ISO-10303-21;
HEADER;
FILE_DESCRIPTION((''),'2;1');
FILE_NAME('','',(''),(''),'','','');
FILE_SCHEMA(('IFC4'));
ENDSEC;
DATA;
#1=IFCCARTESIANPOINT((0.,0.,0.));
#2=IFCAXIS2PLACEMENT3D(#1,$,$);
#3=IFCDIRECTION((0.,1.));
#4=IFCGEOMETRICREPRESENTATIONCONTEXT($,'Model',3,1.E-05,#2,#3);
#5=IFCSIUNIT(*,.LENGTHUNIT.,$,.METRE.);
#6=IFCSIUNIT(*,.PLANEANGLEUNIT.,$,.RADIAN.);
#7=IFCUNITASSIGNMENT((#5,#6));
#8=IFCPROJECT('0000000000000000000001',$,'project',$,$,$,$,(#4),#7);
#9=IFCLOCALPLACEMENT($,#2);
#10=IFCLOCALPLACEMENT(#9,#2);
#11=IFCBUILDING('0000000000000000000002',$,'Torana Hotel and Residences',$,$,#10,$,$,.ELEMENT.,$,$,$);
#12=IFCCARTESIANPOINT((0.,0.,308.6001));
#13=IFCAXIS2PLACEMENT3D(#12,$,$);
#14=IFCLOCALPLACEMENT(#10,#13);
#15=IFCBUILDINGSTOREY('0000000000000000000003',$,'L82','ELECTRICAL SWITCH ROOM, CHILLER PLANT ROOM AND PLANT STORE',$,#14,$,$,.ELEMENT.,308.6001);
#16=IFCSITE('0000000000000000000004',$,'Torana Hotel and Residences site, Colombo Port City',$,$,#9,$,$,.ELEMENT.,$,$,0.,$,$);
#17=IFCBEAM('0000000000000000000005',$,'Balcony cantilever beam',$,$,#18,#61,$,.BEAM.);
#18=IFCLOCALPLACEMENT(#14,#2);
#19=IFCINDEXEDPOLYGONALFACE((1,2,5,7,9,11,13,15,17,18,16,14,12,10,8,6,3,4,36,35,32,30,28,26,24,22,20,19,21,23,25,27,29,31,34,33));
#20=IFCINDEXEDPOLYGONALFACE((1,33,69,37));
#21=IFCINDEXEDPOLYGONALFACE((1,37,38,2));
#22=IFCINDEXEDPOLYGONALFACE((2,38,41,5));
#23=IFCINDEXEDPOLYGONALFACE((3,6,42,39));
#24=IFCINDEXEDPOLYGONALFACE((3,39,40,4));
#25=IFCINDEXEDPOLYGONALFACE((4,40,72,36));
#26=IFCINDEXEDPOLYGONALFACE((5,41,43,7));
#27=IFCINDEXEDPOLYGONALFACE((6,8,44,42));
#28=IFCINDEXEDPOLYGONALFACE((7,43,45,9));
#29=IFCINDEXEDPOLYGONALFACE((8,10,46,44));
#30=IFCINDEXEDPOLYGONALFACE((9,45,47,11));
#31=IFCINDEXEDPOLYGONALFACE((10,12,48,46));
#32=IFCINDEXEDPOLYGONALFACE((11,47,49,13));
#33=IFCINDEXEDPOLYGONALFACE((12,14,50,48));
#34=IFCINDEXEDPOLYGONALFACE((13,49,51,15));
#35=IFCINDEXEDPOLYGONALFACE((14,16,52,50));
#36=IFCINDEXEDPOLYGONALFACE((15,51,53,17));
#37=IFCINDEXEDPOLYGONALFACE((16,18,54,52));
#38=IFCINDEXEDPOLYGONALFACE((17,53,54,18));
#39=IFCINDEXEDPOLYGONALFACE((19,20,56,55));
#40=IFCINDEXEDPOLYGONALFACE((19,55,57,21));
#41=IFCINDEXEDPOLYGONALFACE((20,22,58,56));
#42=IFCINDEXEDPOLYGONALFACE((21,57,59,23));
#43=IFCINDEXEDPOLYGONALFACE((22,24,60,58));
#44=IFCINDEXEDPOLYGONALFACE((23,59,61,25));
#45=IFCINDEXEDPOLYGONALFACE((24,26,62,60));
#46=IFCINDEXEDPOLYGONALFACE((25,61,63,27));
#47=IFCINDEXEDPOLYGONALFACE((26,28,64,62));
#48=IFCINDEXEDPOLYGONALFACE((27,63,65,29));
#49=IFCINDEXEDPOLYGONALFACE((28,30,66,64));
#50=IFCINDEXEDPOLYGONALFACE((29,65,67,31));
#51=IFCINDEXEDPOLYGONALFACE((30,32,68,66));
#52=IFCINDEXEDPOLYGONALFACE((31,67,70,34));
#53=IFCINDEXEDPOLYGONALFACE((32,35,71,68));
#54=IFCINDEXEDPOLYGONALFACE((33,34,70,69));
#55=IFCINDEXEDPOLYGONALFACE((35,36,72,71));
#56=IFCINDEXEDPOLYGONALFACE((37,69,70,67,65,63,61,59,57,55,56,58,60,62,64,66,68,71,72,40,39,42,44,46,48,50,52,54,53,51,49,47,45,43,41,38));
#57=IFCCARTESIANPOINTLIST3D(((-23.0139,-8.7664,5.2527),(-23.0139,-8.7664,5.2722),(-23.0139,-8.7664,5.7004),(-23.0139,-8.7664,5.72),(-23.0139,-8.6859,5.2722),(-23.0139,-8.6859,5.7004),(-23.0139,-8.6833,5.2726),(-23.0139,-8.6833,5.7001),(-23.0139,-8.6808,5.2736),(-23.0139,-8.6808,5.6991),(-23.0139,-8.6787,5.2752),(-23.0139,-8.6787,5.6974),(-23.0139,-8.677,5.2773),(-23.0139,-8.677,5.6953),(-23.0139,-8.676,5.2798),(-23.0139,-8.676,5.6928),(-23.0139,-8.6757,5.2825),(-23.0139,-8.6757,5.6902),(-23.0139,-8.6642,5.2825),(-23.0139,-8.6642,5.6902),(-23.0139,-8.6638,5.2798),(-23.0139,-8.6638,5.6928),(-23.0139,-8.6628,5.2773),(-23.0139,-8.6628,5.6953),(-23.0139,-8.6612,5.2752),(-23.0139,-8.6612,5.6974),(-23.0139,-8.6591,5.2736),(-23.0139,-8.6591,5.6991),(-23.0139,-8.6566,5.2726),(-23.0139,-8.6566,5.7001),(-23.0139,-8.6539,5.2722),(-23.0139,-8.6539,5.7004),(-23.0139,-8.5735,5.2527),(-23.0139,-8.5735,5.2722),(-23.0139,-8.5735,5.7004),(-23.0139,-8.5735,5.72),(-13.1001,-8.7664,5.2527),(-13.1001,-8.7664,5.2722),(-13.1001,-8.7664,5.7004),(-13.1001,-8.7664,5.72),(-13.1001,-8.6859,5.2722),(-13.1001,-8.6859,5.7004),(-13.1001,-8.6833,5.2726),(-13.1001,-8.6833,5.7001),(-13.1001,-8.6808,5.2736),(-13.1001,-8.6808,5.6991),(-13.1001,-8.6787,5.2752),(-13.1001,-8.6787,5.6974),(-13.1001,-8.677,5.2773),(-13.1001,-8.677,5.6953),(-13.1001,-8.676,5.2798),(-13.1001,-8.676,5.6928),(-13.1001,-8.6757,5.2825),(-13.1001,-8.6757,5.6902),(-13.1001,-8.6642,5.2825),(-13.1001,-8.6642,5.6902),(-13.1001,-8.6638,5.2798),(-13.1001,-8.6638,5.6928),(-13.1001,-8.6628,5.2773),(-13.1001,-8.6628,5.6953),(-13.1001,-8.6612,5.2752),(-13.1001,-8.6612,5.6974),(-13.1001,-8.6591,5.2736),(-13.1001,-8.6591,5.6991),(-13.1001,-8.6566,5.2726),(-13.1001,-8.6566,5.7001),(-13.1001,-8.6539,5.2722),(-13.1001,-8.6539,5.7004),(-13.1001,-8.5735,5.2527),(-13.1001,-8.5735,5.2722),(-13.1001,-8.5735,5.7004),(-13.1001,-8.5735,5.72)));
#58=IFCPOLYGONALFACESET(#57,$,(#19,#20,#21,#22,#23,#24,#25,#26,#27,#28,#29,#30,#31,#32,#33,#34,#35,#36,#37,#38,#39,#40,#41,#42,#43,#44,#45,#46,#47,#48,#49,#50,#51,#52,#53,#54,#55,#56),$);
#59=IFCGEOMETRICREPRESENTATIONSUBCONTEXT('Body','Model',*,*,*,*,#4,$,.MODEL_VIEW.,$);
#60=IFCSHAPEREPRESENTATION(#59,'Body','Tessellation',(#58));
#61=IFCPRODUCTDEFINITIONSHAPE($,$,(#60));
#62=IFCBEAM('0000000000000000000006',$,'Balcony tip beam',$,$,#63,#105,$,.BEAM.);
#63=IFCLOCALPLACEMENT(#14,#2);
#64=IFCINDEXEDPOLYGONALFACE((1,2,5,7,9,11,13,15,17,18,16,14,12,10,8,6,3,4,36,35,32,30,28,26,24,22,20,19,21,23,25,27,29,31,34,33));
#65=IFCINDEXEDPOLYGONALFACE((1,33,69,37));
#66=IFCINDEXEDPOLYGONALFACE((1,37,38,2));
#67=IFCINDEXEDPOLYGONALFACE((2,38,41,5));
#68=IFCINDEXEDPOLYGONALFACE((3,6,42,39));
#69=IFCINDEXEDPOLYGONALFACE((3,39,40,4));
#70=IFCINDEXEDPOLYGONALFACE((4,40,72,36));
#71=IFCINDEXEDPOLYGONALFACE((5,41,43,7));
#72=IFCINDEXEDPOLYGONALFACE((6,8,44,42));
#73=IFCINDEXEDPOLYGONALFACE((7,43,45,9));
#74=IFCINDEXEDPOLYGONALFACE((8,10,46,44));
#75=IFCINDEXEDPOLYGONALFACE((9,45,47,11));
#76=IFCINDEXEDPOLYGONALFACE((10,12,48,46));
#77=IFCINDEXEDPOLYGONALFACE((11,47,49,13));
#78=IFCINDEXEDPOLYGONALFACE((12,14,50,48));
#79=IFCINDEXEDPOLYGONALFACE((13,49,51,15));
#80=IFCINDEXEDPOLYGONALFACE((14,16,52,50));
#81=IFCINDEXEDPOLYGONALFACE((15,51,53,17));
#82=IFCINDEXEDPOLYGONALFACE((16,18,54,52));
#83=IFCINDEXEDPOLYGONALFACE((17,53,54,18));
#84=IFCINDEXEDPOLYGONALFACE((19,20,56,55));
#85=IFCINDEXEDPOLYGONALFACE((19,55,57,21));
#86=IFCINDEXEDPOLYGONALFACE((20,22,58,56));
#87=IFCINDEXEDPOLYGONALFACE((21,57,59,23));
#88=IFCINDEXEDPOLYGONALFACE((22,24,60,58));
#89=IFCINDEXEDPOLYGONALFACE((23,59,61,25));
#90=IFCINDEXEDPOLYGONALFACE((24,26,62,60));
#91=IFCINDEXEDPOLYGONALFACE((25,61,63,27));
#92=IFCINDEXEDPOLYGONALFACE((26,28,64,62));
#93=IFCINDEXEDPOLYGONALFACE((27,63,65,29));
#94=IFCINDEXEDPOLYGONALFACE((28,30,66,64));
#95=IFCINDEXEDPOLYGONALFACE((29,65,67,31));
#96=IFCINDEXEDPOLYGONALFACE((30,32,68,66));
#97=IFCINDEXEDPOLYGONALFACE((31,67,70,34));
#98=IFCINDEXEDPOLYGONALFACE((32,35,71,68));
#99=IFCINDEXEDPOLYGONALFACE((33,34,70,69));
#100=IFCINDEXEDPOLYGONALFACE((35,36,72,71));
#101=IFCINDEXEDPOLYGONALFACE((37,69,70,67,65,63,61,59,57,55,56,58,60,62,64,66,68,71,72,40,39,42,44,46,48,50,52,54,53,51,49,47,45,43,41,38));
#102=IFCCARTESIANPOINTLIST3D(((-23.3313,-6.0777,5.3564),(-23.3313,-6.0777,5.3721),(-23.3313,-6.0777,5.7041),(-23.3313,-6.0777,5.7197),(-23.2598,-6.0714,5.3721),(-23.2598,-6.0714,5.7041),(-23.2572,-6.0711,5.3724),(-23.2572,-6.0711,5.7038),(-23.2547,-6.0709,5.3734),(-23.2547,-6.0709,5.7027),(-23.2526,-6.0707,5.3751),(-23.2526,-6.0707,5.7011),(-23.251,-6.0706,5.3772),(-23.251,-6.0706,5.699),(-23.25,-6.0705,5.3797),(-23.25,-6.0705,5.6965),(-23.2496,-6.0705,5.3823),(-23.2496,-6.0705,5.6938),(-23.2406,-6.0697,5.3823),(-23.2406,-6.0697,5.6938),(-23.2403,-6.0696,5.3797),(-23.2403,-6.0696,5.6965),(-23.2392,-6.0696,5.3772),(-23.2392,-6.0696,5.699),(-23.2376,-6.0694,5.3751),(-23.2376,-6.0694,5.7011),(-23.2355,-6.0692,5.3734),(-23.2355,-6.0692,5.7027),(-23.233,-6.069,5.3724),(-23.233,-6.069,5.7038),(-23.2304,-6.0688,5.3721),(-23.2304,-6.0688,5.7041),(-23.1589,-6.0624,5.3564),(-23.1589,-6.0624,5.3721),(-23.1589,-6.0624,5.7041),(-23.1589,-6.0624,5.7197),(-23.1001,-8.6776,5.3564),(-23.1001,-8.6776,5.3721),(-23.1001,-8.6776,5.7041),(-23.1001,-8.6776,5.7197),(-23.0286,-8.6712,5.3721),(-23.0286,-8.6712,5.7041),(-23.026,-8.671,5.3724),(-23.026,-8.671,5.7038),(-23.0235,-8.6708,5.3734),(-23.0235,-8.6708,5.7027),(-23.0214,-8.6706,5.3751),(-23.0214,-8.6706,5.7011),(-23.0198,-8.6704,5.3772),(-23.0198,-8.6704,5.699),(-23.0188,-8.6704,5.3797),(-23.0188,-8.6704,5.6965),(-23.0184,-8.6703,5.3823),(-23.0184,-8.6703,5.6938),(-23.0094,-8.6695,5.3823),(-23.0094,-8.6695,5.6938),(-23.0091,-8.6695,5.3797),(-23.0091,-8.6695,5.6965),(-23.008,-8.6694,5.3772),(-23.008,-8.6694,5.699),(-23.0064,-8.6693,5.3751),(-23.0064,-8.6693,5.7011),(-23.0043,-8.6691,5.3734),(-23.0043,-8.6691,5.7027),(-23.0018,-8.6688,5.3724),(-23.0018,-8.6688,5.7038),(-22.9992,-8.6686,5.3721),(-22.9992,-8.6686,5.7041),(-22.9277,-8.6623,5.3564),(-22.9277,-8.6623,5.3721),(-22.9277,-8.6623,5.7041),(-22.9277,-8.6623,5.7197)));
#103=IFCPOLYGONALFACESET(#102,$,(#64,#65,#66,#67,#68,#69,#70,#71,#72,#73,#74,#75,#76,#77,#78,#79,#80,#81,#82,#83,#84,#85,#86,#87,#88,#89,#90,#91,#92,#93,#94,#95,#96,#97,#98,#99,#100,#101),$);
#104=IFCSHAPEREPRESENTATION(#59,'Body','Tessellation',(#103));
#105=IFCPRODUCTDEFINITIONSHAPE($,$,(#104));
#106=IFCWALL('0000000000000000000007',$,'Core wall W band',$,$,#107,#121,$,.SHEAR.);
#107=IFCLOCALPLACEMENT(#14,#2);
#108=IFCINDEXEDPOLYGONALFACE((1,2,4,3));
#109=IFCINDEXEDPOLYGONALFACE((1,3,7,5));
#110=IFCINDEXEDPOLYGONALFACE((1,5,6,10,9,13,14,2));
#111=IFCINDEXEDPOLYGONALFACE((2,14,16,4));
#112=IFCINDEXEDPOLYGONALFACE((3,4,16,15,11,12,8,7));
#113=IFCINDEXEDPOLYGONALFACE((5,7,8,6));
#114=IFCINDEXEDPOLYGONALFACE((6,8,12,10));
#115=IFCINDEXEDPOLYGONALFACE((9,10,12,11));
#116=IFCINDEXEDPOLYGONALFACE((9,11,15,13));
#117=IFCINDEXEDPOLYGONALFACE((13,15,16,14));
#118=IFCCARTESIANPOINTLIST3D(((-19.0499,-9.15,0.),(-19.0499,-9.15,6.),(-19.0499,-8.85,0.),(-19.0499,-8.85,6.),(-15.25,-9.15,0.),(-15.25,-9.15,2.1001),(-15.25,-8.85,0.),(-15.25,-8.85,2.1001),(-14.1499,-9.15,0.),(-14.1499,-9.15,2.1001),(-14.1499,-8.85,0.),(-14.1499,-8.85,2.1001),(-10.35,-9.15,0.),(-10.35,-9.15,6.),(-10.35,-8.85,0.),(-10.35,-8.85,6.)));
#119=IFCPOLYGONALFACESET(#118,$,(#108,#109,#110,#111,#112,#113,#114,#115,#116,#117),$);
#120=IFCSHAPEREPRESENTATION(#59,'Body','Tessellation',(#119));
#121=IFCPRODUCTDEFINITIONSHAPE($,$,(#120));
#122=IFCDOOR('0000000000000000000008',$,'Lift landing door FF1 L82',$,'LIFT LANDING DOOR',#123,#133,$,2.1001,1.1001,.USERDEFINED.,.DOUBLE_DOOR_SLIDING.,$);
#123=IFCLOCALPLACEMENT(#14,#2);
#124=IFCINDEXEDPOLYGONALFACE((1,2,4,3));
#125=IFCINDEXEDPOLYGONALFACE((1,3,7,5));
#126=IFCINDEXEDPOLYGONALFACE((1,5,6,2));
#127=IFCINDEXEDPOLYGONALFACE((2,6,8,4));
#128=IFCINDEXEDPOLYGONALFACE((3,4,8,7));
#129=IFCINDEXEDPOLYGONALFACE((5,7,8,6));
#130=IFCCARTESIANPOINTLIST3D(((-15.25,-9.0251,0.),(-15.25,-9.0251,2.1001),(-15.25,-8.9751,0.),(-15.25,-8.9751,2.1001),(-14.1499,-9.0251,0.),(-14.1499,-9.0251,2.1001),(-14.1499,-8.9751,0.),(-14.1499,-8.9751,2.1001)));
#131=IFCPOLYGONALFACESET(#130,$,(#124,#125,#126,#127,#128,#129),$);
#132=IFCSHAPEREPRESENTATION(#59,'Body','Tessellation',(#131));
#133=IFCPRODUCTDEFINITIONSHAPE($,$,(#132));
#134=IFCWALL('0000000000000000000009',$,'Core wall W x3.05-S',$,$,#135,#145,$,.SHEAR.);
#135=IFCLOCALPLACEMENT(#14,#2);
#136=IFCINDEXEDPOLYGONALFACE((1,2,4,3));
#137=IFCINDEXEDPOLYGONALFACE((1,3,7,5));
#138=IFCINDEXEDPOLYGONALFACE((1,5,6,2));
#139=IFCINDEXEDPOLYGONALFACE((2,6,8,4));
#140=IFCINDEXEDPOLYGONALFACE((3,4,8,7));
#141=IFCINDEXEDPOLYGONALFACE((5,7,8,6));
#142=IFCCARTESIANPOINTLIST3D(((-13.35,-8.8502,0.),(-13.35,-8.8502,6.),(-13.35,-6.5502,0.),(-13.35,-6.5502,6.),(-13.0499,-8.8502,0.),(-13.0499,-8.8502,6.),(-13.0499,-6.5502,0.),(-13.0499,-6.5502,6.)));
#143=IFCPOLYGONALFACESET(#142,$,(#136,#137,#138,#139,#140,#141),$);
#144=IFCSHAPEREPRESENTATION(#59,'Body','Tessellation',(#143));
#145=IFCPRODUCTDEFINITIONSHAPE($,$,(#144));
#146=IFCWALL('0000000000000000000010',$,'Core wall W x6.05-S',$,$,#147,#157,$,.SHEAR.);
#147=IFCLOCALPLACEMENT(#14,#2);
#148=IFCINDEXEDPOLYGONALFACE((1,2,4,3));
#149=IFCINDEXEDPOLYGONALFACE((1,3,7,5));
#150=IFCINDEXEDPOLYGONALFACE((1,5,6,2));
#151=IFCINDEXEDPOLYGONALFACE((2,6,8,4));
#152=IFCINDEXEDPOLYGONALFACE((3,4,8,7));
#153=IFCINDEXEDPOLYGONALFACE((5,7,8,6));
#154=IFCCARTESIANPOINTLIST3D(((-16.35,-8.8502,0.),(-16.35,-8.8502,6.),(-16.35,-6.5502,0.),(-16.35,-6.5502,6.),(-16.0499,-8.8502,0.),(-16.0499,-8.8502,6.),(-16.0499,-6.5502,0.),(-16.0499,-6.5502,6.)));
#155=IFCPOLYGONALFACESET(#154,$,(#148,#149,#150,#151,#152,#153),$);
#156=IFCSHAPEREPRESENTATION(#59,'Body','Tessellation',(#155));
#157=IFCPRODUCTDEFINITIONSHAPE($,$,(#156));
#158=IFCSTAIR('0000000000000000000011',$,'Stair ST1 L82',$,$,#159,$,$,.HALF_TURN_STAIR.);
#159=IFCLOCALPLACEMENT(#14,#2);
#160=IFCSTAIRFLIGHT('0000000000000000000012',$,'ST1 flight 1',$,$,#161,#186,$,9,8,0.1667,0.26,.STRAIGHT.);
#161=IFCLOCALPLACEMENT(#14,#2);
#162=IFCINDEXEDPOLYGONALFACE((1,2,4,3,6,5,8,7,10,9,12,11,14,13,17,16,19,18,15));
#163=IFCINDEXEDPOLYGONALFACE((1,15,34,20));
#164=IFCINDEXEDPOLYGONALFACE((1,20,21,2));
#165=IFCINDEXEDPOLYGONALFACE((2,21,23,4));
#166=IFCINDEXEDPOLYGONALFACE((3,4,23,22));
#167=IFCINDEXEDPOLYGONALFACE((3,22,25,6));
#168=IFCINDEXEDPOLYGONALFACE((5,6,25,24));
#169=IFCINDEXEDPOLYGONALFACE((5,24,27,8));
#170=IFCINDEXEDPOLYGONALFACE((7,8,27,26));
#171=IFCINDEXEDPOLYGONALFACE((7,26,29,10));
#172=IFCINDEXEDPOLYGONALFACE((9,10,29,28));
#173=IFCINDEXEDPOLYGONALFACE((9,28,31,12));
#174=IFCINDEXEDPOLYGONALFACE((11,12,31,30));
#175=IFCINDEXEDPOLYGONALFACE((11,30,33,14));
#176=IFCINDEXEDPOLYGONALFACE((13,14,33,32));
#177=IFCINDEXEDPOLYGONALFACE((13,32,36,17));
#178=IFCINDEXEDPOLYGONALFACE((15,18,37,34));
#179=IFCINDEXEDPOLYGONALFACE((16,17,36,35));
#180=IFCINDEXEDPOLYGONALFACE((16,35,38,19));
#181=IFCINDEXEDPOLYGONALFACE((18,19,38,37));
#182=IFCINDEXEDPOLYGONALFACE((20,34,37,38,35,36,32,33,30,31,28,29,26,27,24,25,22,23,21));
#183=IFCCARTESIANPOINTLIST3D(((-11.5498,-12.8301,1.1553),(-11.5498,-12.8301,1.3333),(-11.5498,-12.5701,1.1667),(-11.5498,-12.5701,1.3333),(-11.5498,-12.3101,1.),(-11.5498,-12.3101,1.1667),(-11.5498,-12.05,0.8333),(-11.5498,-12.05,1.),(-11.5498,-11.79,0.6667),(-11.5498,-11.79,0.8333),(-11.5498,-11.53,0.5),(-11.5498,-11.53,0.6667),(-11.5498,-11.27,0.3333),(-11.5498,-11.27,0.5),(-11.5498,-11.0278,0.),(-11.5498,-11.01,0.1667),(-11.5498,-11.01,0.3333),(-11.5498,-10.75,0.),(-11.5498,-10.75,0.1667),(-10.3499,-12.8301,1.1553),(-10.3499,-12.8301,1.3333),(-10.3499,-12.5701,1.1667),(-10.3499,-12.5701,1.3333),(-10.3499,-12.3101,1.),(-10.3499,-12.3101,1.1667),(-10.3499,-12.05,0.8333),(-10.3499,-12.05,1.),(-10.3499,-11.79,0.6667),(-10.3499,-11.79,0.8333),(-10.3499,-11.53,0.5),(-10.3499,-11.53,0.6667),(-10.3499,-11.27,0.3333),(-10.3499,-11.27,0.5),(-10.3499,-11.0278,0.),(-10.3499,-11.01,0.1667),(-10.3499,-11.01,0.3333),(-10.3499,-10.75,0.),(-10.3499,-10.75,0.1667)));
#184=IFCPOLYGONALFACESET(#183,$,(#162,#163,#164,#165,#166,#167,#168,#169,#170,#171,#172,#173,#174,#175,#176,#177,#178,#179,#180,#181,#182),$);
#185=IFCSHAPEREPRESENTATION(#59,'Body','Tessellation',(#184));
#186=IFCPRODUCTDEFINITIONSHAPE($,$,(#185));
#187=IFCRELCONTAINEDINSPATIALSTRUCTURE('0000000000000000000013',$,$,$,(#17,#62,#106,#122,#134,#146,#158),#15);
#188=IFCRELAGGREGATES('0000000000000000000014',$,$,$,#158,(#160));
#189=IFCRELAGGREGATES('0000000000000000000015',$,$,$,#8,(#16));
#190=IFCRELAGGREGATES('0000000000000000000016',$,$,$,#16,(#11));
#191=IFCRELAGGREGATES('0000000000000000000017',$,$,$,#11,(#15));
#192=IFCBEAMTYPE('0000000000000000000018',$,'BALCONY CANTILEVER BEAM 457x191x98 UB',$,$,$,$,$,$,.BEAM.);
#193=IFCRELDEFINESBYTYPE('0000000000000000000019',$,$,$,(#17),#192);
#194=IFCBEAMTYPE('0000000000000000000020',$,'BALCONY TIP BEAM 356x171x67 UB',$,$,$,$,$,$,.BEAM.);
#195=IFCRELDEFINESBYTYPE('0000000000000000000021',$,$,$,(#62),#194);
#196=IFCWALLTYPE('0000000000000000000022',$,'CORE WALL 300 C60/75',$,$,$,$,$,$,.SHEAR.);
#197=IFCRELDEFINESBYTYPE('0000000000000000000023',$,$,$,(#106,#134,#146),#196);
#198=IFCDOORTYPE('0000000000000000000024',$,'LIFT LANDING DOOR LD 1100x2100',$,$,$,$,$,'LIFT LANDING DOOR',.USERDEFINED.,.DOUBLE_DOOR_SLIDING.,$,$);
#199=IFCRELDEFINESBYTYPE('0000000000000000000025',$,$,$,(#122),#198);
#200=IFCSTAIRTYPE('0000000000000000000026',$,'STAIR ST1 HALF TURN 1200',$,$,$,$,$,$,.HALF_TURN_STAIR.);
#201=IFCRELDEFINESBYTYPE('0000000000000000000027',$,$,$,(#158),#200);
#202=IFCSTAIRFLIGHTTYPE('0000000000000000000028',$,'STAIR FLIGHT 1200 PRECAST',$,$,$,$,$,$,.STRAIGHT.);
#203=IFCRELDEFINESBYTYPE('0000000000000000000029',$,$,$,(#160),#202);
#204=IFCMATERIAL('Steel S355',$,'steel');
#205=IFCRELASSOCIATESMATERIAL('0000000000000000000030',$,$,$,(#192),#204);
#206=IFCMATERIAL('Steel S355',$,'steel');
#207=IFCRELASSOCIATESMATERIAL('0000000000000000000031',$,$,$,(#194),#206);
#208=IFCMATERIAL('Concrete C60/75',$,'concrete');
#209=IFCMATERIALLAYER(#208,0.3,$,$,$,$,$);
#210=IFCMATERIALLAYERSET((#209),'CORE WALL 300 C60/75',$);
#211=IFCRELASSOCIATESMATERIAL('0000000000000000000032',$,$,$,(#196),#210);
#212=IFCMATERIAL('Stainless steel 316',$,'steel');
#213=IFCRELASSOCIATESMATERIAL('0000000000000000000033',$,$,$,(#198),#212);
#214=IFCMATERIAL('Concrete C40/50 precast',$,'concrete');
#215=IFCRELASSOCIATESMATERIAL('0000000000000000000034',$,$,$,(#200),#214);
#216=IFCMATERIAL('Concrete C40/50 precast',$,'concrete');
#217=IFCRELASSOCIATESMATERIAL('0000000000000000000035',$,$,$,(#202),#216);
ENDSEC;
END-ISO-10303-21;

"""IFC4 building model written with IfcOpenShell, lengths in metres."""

from ifc_helpers import new_model, si_unit, direction, frame, frame_2d, origin, origin_2d, place, context, subcontext, project, spatial, polyline, rectangle, i_section, outline, extrude, material, layer, layer_set, material_profile, profile_set, type_object, element, fill, aggregate, save


model = new_model("IFC4")

# Units and contexts
model_context = context("Model", 3, precision=1e-05, world=origin(), true_north=direction((0.0, 1.0)))
body_context = subcontext(model_context, "Body", "Model", "MODEL_VIEW")
ifc_project = project(units=[si_unit("LENGTHUNIT", "METRE"), si_unit("PLANEANGLEUNIT", "RADIAN")], contexts=[model_context])

# Site, building, storey
site_placement = place(None, origin())
site = spatial("IfcSite", under=ifc_project, at=site_placement, Name="Torana Hotel and Residences site, Colombo Port City", CompositionType="ELEMENT", RefElevation=0.0)
building_placement = place(site_placement, origin())
building = spatial("IfcBuilding", under=site, at=building_placement, Name="Torana Hotel and Residences", CompositionType="ELEMENT")
storey_placement = place(building_placement, frame((0.0, 0.0, 308.6001)))
storey = spatial("IfcBuildingStorey", under=building, at=storey_placement, Name="L82", Description="ELECTRICAL SWITCH ROOM, CHILLER PLANT ROOM AND PLANT STORE", CompositionType="ELEMENT", Elevation=308.6001)

# Beams
ifc_material_1 = material(Name="Steel S355", Category="steel")
ifc_material_profile_1 = material_profile(ifc_material_1, i_section(OverallWidth=0.1929, OverallDepth=0.4673, WebThickness=0.0115, FlangeThickness=0.0195, FilletRadius=0.0103, at=origin_2d()), Name="457x191x98 UB")
ifc_profile_set_1 = profile_set([ifc_material_profile_1], Name="Steel S355")
beam_type_1 = type_object("IfcBeamType", Name="BALCONY CANTILEVER BEAM 457x191x98 UB", PredefinedType="BEAM", material=ifc_profile_set_1)
beam_1_placement = place(storey_placement, frame((-23.0139, -8.6699, 5.4863), z_axis=(1.0, 0.0, 0.0), x_axis=(0.0, 1.0, 0.0)))
element("IfcBeam", 1, at=beam_1_placement, inside=storey, type_object=beam_type_1, Name="Balcony cantilever beam", PredefinedType="BEAM", context=body_context, shape_type="SweptSolid", body=[
    extrude(i_section(OverallWidth=0.1929, OverallDepth=0.4673, WebThickness=0.0115, FlangeThickness=0.0195, FilletRadius=0.0103, at=origin_2d()), origin(), (0.0, 0.0, 1.0), 9.9138),
])
ifc_material_2 = material(Name="Steel S355", Category="steel")
ifc_material_profile_2 = material_profile(ifc_material_2, i_section(OverallWidth=0.1731, OverallDepth=0.3633, WebThickness=0.009, FlangeThickness=0.0156, FilletRadius=0.0103, at=origin_2d()), Name="356x171x67 UB")
ifc_profile_set_2 = profile_set([ifc_material_profile_2], Name="Steel S355")
beam_type_2 = type_object("IfcBeamType", Name="BALCONY TIP BEAM 356x171x67 UB", PredefinedType="BEAM", material=ifc_profile_set_2)
beam_2_placement = place(storey_placement, frame((-23.0139, -8.6699, 5.5381), z_axis=(-0.088579, 0.996069, 0.0), x_axis=(-0.996069, -0.088579, 0.0)))
element("IfcBeam", 2, at=beam_2_placement, inside=storey, type_object=beam_type_2, Name="Balcony tip beam", PredefinedType="BEAM", context=body_context, shape_type="SweptSolid", body=[
    extrude(i_section(OverallWidth=0.1731, OverallDepth=0.3633, WebThickness=0.009, FlangeThickness=0.0156, FilletRadius=0.0103, at=origin_2d()), origin(), (0.0, 0.0, 1.0), 2.6101),
])

# Wall, opening, door
ifc_material_3 = material(Name="Concrete C60/75", Category="concrete")
ifc_layer = layer(ifc_material_3, 0.3)
ifc_layer_set = layer_set([ifc_layer], Name="CORE WALL 300 C60/75")
wall_type = type_object("IfcWallType", Name="CORE WALL 300 C60/75", PredefinedType="SHEAR", material=ifc_layer_set)
wall_placement = place(storey_placement, frame((-19.05, -9.0, 0.0), z_axis=(0.0, 0.0, 1.0), x_axis=(1.0, 0.0, 0.0)))
wall = element("IfcWall", 3, at=wall_placement, inside=storey, type_object=wall_type, Name="Core wall W band", PredefinedType="SHEAR", context=body_context, shape_type="SweptSolid", body=[
    extrude(rectangle(XDim=8.7, YDim=0.3, at=frame_2d((4.3501, 0.0))), origin(), (0.0, 0.0, 1.0), 6.0),
])
opening_placement = place(wall_placement, frame((3.8, 0.0, 0.0)))
opening = element("IfcOpeningElement", 4, at=opening_placement, cuts=wall, PredefinedType="OPENING", context=body_context, shape_type="SweptSolid", body=[
    extrude(rectangle(XDim=1.1001, YDim=2.1001, at=frame_2d((0.55, 1.05))), frame((0.0, 0.1599, 0.0), z_axis=(0.0, -1.0, 0.0), x_axis=(1.0, 0.0, 0.0)), (0.0, 0.0, 1.0), 0.3201),
])
ifc_material_4 = material(Name="Stainless steel 316", Category="steel")
door_type = type_object("IfcDoorType", Name="LIFT LANDING DOOR LD 1100x2100", ElementType="LIFT LANDING DOOR", OperationType="DOUBLE_DOOR_SLIDING", PredefinedType="USERDEFINED", material=ifc_material_4)
door_placement = place(opening_placement, origin())
door = element("IfcDoor", 5, at=door_placement, inside=storey, type_object=door_type, Name="Lift landing door FF1 L82", ObjectType="LIFT LANDING DOOR", OperationType="DOUBLE_DOOR_SLIDING", OverallHeight=2.1001, OverallWidth=1.1001, PredefinedType="USERDEFINED", context=body_context, shape_type="SweptSolid", body=[
    extrude(rectangle(XDim=1.1001, YDim=2.1001, at=frame_2d((0.55, 1.05))), frame((0.0, 0.0249, 0.0), z_axis=(0.0, -1.0, 0.0), x_axis=(1.0, 0.0, 0.0)), (0.0, 0.0, 1.0), 0.05),
])
fill(opening, door)

# Walls
for number, where, z_axis, x_axis, name in (
    (6, (-13.2, -8.8501, 0.0), (0.0, 0.0, 1.0), (0.0, 1.0, 0.0), "Core wall W x3.05-S"),
    (7, (-16.2, -8.8501, 0.0), (0.0, 0.0, 1.0), (0.0, 1.0, 0.0), "Core wall W x6.05-S"),
):
    element("IfcWall", number, at=place(storey_placement, frame(where, z_axis=z_axis, x_axis=x_axis)), inside=storey, type_object=wall_type, Name=name, PredefinedType="SHEAR", context=body_context, shape_type="SweptSolid", body=[
        extrude(rectangle(XDim=2.3, YDim=0.3, at=frame_2d((1.1499, 0.0))), origin(), (0.0, 0.0, 1.0), 6.0),
    ])

# Stair, stair flight
ifc_material_5 = material(Name="Concrete C40/50 precast", Category="concrete")
stair_type_1 = type_object("IfcStairType", Name="STAIR ST1 HALF TURN 1200", PredefinedType="HALF_TURN_STAIR", material=ifc_material_5)
stair_1_placement = place(storey_placement, origin())
stair_1 = element("IfcStair", 8, at=stair_1_placement, inside=storey, type_object=stair_type_1, Name="Stair ST1 L82", PredefinedType="HALF_TURN_STAIR")
ifc_material_6 = material(Name="Concrete C40/50 precast", Category="concrete")
stair_flight_type = type_object("IfcStairFlightType", Name="STAIR FLIGHT 1200 PRECAST", PredefinedType="STRAIGHT", material=ifc_material_6)
stair_flight_1_placement = place(storey_placement, frame((-10.95, -10.75, 0.0), z_axis=(0.0, 0.0, 1.0), x_axis=(0.0, -1.0, 0.0)))
stair_flight_1 = element("IfcStairFlight", 9, at=stair_flight_1_placement, type_object=stair_flight_type, Name="ST1 flight 1", NumberOfRisers=9, NumberOfTreads=8, PredefinedType="STRAIGHT", RiserHeight=0.1667, TreadLength=0.26, context=body_context, shape_type="SweptSolid", body=[
    extrude(outline(polyline([(0.0, 0.0), (0.0, 0.1667), (0.26, 0.1667), (0.26, 0.3333), (0.52, 0.3333), (0.52, 0.5), (0.78, 0.5), (0.78, 0.6667), (1.04, 0.6667), (1.04, 0.8333), (1.3, 0.8333), (1.3, 1.0), (1.5601, 1.0), (1.5601, 1.1667), (1.8201, 1.1667), (1.8201, 1.3333), (2.0801, 1.3333), (2.0801, 1.5), (2.0801, 1.1553), (0.2778, 0.0), (0.0, 0.0)])), frame((0.0, 0.6001, 0.0), z_axis=(0.0, -1.0, 0.0), x_axis=(1.0, 0.0, 0.0)), (0.0, 0.0, 1.0), 1.2),
])
aggregate(stair_1, [stair_flight_1])

save(model, "model.ifc")
